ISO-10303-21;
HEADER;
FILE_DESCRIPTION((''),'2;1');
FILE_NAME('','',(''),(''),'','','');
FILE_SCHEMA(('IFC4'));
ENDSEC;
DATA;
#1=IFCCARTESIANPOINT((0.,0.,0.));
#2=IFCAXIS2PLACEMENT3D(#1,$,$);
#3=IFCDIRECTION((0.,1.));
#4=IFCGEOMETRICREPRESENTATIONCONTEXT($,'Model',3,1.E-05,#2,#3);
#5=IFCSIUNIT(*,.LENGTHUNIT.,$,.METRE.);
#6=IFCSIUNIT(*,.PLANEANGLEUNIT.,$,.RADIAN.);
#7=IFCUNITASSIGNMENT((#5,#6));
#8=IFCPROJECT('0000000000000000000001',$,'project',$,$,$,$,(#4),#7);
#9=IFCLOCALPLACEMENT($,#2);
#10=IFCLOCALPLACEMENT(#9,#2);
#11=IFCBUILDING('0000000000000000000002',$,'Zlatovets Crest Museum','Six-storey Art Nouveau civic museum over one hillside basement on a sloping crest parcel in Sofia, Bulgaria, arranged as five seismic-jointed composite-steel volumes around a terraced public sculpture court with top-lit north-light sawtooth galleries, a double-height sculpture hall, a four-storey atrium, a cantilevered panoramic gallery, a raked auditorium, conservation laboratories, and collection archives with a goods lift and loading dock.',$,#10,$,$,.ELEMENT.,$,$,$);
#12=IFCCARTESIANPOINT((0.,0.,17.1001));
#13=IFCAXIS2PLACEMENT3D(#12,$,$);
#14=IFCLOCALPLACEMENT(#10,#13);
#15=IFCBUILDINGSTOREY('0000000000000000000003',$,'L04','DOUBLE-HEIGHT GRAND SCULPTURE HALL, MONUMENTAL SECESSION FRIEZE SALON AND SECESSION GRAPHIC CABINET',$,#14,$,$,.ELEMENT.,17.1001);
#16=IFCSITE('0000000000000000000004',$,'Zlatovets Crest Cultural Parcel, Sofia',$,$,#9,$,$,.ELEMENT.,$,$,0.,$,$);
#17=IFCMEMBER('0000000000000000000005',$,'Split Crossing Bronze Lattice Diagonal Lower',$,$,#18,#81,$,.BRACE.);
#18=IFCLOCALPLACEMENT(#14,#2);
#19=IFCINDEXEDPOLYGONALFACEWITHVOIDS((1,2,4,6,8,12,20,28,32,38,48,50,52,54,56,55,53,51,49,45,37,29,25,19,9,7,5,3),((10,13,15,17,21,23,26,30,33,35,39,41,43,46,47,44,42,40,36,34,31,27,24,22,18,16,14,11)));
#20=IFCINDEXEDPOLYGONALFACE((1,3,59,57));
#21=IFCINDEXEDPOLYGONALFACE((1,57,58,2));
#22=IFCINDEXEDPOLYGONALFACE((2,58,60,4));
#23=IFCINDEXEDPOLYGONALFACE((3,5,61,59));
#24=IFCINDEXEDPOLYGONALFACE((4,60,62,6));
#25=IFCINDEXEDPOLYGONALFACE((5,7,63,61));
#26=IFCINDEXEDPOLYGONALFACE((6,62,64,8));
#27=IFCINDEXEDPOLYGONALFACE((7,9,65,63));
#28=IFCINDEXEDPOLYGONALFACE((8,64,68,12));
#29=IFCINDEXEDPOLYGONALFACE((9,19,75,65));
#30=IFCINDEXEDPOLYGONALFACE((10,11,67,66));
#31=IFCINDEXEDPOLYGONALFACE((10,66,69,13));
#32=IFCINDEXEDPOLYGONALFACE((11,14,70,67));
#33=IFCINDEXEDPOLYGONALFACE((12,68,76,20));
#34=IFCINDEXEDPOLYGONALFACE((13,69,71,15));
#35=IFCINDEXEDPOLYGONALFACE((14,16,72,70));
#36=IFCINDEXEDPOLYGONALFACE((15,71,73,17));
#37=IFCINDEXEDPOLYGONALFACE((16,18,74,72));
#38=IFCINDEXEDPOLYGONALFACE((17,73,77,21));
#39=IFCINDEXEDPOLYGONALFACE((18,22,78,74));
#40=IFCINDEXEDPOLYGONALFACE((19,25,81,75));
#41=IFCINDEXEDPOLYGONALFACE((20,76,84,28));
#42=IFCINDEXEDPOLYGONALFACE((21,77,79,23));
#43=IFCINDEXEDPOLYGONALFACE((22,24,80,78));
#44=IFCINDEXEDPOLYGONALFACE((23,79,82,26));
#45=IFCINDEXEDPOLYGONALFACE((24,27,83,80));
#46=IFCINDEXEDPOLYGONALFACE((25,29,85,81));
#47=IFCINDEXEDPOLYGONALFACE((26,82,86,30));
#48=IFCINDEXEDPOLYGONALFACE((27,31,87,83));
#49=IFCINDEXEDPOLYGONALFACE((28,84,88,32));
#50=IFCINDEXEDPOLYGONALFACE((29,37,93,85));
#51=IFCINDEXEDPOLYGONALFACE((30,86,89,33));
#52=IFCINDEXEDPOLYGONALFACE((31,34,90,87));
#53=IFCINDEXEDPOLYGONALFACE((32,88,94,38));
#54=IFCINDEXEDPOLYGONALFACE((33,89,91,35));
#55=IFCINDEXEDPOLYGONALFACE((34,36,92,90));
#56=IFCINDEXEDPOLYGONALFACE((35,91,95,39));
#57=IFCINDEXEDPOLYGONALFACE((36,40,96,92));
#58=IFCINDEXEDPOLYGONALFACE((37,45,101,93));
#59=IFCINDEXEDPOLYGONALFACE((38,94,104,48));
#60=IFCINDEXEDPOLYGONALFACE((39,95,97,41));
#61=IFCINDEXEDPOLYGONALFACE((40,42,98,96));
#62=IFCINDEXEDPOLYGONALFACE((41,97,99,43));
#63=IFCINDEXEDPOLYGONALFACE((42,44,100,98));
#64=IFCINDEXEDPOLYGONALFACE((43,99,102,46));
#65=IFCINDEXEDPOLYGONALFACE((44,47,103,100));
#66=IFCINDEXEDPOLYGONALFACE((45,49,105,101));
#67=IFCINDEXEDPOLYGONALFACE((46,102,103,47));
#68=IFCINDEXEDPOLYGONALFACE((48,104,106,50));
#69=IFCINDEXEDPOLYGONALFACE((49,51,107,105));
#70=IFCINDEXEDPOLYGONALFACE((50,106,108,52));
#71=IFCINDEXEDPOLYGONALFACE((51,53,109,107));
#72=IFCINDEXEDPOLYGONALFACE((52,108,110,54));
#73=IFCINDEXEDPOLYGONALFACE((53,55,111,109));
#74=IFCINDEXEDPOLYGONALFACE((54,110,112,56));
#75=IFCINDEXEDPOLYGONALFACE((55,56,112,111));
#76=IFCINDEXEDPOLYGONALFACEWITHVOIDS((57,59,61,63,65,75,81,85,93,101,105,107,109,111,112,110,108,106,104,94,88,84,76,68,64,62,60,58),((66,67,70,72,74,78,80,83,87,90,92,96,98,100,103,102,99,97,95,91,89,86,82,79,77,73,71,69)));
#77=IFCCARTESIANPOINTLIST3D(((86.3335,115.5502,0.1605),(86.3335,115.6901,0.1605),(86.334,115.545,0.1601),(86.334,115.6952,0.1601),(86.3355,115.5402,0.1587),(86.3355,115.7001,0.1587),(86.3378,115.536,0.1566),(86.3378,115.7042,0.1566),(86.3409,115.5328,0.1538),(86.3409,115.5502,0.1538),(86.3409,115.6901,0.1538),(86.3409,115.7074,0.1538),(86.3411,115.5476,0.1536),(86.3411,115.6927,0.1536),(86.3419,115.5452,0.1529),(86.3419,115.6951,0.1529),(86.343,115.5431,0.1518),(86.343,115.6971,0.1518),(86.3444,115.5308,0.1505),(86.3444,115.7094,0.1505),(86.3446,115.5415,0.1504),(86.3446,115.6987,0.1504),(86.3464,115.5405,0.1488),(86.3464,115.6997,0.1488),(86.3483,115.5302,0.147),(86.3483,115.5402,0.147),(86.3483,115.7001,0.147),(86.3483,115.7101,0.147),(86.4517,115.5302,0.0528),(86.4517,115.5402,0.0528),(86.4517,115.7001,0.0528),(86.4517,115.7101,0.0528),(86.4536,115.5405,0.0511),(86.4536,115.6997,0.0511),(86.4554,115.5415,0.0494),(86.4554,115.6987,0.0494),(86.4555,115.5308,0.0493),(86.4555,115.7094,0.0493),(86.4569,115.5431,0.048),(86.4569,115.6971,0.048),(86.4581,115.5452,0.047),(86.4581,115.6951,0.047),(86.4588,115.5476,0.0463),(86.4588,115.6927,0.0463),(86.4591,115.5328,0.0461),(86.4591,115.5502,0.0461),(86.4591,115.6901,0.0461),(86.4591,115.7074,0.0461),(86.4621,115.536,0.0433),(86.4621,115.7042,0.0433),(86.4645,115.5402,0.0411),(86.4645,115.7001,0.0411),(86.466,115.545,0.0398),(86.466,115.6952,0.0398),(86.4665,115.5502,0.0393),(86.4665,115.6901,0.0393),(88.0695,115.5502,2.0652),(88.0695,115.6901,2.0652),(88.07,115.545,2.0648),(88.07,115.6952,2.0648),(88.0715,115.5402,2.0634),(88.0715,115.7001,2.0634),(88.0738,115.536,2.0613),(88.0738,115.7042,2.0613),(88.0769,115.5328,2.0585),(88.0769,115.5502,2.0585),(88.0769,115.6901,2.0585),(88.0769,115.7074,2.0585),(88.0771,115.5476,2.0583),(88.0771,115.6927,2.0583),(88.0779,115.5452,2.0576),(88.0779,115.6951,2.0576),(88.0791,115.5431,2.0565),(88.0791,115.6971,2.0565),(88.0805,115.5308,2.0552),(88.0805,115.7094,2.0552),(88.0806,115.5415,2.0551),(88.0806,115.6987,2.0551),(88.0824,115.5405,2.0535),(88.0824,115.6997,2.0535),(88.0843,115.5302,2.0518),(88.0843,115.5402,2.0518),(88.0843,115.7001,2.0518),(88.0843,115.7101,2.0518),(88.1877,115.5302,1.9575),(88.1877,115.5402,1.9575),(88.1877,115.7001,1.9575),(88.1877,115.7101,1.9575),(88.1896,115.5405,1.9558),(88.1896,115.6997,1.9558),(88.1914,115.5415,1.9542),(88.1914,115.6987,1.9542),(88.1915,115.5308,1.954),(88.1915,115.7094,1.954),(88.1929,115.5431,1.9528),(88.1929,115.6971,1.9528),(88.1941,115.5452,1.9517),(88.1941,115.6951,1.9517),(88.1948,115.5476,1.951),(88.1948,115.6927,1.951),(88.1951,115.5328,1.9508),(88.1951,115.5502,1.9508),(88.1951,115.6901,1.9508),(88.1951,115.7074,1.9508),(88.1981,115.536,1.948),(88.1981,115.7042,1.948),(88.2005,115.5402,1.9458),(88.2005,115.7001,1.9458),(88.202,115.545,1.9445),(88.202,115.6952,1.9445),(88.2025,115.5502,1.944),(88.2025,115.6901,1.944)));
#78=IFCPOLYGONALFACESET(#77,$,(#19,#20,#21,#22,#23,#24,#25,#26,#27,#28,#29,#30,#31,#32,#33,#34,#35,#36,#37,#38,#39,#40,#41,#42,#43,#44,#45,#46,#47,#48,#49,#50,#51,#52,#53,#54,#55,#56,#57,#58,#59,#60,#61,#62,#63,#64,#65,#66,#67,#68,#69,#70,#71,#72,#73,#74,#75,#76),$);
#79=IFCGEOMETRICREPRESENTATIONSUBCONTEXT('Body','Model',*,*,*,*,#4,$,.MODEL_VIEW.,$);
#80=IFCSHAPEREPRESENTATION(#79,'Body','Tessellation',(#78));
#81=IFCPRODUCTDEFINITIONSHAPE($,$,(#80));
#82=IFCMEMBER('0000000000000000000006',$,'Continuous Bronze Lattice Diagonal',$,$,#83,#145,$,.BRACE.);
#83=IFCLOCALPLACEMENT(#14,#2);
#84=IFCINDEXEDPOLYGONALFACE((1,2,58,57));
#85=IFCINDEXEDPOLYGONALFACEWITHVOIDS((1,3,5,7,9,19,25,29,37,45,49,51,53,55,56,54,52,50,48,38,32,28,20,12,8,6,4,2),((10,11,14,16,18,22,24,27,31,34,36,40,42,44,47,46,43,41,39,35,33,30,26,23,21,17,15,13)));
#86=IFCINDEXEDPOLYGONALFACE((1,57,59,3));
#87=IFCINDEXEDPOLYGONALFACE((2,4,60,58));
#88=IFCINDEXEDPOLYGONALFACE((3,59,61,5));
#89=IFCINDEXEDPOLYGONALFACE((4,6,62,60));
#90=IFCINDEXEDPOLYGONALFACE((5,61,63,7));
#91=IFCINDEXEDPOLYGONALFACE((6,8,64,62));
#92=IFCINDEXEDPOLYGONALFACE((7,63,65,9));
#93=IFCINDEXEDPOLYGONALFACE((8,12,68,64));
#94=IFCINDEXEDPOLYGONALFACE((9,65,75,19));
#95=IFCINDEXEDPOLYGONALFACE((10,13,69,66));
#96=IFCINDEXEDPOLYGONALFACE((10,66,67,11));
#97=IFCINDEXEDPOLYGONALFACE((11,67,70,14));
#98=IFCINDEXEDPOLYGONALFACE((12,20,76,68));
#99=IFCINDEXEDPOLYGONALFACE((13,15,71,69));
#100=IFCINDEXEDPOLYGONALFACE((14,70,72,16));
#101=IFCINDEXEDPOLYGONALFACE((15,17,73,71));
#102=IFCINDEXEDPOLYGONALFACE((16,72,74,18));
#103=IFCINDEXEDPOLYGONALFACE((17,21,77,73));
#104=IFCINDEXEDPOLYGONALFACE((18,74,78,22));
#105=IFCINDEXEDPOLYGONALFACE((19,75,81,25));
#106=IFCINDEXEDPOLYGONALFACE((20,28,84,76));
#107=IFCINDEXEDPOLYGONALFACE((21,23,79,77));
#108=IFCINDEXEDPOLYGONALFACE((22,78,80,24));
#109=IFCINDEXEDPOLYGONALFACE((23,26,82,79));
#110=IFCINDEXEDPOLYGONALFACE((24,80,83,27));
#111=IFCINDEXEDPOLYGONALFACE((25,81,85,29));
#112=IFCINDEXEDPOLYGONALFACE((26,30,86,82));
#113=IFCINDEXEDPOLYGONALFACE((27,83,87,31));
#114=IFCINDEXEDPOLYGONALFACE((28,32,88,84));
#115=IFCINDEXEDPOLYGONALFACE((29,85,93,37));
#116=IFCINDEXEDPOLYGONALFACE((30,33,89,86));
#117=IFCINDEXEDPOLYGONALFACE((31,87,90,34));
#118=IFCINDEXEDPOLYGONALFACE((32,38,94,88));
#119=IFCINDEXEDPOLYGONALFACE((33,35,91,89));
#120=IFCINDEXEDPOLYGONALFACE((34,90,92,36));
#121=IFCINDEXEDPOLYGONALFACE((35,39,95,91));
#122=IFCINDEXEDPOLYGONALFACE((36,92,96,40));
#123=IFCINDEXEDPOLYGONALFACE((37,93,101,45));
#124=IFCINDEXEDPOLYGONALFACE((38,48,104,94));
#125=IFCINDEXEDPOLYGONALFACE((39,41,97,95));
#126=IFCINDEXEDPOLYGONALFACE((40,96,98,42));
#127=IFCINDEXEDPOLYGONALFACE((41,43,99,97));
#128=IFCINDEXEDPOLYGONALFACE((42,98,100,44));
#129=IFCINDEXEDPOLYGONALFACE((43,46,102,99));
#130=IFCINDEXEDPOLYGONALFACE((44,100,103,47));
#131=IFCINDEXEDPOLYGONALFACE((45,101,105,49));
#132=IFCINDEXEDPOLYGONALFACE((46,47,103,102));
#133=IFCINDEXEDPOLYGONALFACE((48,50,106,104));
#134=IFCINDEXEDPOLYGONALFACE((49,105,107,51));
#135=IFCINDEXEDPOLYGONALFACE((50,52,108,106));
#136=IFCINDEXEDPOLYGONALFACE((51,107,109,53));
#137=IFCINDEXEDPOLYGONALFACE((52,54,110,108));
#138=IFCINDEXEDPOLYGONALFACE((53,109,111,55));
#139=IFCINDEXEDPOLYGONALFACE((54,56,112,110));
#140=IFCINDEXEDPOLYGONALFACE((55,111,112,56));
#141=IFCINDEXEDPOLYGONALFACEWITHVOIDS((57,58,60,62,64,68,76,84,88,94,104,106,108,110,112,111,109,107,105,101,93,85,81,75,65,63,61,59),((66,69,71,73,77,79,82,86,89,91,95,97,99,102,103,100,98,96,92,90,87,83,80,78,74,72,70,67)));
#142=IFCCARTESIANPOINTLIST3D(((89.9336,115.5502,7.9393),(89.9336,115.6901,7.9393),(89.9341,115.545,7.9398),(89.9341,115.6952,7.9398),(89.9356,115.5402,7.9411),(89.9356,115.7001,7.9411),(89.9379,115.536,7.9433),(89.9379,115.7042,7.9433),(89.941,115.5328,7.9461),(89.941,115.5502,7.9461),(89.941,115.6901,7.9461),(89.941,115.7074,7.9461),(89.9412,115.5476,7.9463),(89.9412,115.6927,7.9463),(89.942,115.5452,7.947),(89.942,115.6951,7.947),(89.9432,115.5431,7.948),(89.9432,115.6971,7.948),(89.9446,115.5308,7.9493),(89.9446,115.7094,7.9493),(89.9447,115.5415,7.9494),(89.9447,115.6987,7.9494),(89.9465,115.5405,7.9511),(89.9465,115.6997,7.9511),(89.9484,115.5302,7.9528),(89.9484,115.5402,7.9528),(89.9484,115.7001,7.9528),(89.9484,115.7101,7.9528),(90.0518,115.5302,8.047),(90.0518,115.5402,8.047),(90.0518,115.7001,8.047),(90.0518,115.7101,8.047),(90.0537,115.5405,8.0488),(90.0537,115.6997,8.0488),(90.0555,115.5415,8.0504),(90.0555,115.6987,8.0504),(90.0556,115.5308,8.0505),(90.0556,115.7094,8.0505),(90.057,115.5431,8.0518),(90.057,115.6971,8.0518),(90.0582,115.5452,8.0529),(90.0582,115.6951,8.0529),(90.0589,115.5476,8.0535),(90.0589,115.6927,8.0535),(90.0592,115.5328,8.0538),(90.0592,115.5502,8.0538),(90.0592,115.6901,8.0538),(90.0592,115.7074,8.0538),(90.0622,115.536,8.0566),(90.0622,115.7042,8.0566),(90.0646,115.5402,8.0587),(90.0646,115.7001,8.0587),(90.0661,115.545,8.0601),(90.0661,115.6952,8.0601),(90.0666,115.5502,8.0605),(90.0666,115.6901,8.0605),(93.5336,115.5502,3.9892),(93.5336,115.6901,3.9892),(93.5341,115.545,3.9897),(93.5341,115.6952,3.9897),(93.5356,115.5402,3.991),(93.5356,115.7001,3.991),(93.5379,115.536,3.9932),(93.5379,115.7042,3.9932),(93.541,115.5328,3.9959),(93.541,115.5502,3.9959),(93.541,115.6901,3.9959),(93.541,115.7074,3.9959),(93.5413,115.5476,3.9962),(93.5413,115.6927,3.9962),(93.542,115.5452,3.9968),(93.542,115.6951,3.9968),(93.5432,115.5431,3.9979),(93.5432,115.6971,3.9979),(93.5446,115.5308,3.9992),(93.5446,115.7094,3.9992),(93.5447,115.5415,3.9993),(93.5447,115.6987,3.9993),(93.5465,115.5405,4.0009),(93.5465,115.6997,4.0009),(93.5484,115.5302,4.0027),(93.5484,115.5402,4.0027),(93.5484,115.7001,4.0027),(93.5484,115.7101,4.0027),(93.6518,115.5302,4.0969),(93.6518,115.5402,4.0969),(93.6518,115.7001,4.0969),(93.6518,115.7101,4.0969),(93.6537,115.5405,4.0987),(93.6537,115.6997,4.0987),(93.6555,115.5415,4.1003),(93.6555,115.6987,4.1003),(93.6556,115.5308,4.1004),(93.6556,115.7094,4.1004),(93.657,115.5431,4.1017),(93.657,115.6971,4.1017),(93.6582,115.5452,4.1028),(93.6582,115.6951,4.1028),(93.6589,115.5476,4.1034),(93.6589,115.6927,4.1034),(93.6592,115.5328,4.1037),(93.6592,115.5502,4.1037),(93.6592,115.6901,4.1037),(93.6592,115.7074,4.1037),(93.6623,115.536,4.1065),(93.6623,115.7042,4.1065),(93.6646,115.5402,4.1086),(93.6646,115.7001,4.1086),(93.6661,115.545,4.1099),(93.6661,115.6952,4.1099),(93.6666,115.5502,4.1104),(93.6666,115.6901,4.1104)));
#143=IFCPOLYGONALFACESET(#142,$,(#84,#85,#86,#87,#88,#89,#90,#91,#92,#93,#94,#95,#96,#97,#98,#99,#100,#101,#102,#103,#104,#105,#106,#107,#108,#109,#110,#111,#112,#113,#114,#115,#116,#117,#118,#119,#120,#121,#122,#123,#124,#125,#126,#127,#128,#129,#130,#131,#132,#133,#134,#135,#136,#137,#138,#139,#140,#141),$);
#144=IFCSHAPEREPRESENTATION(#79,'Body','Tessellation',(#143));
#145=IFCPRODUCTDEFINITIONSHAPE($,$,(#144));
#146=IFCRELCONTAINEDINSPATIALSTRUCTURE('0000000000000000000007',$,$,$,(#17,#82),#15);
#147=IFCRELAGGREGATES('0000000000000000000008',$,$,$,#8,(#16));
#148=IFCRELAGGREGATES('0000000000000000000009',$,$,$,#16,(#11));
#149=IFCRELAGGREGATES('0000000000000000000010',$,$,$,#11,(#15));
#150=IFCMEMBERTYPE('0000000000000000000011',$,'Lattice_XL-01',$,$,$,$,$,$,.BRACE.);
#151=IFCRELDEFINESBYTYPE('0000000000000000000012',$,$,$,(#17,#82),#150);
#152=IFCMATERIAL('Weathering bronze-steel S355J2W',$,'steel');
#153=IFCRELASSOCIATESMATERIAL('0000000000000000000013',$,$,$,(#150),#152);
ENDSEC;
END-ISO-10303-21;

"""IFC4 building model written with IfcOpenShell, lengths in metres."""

from ifc_helpers import new_model, si_unit, direction, frame, origin, origin_2d, place, context, subcontext, project, spatial, hollow_rectangle, extrude, material, material_profile, profile_set, type_object, element, save


model = new_model("IFC4")

# Units and contexts
model_context = context("Model", 3, precision=1e-05, world=origin(), true_north=direction((0.0, 1.0)))
body_context = subcontext(model_context, "Body", "Model", "MODEL_VIEW")
ifc_project = project(units=[si_unit("LENGTHUNIT", "METRE"), si_unit("PLANEANGLEUNIT", "RADIAN")], contexts=[model_context])

# Site, building, storey
site_placement = place(None, origin())
site = spatial("IfcSite", under=ifc_project, at=site_placement, Name="Zlatovets Crest Cultural Parcel, Sofia", CompositionType="ELEMENT", RefElevation=0.0)
building_placement = place(site_placement, origin())
building = spatial("IfcBuilding", under=site, at=building_placement, Name="Zlatovets Crest Museum", Description="Six-storey Art Nouveau civic museum over one hillside basement on a sloping crest parcel in Sofia, Bulgaria, arranged as five seismic-jointed composite-steel volumes around a terraced public sculpture court with top-lit north-light sawtooth galleries, a double-height sculpture hall, a four-storey atrium, a cantilevered panoramic gallery, a raked auditorium, conservation laboratories, and collection archives with a goods lift and loading dock.", CompositionType="ELEMENT")
storey_placement = place(building_placement, frame((0.0, 0.0, 17.1001)))
storey = spatial("IfcBuildingStorey", under=building, at=storey_placement, Name="L04", Description="DOUBLE-HEIGHT GRAND SCULPTURE HALL, MONUMENTAL SECESSION FRIEZE SALON AND SECESSION GRAPHIC CABINET", CompositionType="ELEMENT", Elevation=17.1001)

# Members
ifc_material_1 = material(Name="Weathering bronze-steel S355J2W", Category="steel")
ifc_material_profile_1 = material_profile(ifc_material_1, hollow_rectangle(XDim=0.1799, YDim=0.1799, WallThickness=0.01, InnerFilletRadius=0.01, OuterFilletRadius=0.02, at=origin_2d()), Name="SHS 180x180x10.0")
ifc_profile_set_1 = profile_set([ifc_material_profile_1], Name="Weathering bronze-steel S355J2W")
member_type_1 = type_object("IfcMemberType", Name="Lattice_XL-01", PredefinedType="BRACE", material=ifc_profile_set_1)
for number, where, z_axis, x_axis, name in (
    (1, (88.136, 115.6201, 2.0046), (-0.67362, 0.0, -0.739078), (0.0, -1.0, 0.0), "Split Crossing Bronze Lattice Diagonal Lower"),
):
    element("IfcMember", number, at=place(storey_placement, frame(where, z_axis=z_axis, x_axis=x_axis)), inside=storey, type_object=member_type_1, Name=name, PredefinedType="BRACE", context=body_context, shape_type="SweptSolid", body=[
        extrude(hollow_rectangle(XDim=0.1799, YDim=0.1799, WallThickness=0.01, InnerFilletRadius=0.01, OuterFilletRadius=0.02, at=origin_2d()), origin(), (0.0, 0.0, 1.0), 2.5771),
    ])
member_1_placement = place(storey_placement, frame((93.6001, 115.6201, 4.0498), z_axis=(-0.673595, 0.0, 0.7391), x_axis=(0.0, -1.0, 0.0)))
element("IfcMember", 2, at=member_1_placement, inside=storey, type_object=member_type_1, Name="Continuous Bronze Lattice Diagonal", PredefinedType="BRACE", context=body_context, shape_type="SweptSolid", body=[
    extrude(hollow_rectangle(XDim=0.1799, YDim=0.1799, WallThickness=0.01, InnerFilletRadius=0.01, OuterFilletRadius=0.02, at=origin_2d()), origin(), (0.0, 0.0, 1.0), 5.3445),
])

save(model, "model.ifc")
